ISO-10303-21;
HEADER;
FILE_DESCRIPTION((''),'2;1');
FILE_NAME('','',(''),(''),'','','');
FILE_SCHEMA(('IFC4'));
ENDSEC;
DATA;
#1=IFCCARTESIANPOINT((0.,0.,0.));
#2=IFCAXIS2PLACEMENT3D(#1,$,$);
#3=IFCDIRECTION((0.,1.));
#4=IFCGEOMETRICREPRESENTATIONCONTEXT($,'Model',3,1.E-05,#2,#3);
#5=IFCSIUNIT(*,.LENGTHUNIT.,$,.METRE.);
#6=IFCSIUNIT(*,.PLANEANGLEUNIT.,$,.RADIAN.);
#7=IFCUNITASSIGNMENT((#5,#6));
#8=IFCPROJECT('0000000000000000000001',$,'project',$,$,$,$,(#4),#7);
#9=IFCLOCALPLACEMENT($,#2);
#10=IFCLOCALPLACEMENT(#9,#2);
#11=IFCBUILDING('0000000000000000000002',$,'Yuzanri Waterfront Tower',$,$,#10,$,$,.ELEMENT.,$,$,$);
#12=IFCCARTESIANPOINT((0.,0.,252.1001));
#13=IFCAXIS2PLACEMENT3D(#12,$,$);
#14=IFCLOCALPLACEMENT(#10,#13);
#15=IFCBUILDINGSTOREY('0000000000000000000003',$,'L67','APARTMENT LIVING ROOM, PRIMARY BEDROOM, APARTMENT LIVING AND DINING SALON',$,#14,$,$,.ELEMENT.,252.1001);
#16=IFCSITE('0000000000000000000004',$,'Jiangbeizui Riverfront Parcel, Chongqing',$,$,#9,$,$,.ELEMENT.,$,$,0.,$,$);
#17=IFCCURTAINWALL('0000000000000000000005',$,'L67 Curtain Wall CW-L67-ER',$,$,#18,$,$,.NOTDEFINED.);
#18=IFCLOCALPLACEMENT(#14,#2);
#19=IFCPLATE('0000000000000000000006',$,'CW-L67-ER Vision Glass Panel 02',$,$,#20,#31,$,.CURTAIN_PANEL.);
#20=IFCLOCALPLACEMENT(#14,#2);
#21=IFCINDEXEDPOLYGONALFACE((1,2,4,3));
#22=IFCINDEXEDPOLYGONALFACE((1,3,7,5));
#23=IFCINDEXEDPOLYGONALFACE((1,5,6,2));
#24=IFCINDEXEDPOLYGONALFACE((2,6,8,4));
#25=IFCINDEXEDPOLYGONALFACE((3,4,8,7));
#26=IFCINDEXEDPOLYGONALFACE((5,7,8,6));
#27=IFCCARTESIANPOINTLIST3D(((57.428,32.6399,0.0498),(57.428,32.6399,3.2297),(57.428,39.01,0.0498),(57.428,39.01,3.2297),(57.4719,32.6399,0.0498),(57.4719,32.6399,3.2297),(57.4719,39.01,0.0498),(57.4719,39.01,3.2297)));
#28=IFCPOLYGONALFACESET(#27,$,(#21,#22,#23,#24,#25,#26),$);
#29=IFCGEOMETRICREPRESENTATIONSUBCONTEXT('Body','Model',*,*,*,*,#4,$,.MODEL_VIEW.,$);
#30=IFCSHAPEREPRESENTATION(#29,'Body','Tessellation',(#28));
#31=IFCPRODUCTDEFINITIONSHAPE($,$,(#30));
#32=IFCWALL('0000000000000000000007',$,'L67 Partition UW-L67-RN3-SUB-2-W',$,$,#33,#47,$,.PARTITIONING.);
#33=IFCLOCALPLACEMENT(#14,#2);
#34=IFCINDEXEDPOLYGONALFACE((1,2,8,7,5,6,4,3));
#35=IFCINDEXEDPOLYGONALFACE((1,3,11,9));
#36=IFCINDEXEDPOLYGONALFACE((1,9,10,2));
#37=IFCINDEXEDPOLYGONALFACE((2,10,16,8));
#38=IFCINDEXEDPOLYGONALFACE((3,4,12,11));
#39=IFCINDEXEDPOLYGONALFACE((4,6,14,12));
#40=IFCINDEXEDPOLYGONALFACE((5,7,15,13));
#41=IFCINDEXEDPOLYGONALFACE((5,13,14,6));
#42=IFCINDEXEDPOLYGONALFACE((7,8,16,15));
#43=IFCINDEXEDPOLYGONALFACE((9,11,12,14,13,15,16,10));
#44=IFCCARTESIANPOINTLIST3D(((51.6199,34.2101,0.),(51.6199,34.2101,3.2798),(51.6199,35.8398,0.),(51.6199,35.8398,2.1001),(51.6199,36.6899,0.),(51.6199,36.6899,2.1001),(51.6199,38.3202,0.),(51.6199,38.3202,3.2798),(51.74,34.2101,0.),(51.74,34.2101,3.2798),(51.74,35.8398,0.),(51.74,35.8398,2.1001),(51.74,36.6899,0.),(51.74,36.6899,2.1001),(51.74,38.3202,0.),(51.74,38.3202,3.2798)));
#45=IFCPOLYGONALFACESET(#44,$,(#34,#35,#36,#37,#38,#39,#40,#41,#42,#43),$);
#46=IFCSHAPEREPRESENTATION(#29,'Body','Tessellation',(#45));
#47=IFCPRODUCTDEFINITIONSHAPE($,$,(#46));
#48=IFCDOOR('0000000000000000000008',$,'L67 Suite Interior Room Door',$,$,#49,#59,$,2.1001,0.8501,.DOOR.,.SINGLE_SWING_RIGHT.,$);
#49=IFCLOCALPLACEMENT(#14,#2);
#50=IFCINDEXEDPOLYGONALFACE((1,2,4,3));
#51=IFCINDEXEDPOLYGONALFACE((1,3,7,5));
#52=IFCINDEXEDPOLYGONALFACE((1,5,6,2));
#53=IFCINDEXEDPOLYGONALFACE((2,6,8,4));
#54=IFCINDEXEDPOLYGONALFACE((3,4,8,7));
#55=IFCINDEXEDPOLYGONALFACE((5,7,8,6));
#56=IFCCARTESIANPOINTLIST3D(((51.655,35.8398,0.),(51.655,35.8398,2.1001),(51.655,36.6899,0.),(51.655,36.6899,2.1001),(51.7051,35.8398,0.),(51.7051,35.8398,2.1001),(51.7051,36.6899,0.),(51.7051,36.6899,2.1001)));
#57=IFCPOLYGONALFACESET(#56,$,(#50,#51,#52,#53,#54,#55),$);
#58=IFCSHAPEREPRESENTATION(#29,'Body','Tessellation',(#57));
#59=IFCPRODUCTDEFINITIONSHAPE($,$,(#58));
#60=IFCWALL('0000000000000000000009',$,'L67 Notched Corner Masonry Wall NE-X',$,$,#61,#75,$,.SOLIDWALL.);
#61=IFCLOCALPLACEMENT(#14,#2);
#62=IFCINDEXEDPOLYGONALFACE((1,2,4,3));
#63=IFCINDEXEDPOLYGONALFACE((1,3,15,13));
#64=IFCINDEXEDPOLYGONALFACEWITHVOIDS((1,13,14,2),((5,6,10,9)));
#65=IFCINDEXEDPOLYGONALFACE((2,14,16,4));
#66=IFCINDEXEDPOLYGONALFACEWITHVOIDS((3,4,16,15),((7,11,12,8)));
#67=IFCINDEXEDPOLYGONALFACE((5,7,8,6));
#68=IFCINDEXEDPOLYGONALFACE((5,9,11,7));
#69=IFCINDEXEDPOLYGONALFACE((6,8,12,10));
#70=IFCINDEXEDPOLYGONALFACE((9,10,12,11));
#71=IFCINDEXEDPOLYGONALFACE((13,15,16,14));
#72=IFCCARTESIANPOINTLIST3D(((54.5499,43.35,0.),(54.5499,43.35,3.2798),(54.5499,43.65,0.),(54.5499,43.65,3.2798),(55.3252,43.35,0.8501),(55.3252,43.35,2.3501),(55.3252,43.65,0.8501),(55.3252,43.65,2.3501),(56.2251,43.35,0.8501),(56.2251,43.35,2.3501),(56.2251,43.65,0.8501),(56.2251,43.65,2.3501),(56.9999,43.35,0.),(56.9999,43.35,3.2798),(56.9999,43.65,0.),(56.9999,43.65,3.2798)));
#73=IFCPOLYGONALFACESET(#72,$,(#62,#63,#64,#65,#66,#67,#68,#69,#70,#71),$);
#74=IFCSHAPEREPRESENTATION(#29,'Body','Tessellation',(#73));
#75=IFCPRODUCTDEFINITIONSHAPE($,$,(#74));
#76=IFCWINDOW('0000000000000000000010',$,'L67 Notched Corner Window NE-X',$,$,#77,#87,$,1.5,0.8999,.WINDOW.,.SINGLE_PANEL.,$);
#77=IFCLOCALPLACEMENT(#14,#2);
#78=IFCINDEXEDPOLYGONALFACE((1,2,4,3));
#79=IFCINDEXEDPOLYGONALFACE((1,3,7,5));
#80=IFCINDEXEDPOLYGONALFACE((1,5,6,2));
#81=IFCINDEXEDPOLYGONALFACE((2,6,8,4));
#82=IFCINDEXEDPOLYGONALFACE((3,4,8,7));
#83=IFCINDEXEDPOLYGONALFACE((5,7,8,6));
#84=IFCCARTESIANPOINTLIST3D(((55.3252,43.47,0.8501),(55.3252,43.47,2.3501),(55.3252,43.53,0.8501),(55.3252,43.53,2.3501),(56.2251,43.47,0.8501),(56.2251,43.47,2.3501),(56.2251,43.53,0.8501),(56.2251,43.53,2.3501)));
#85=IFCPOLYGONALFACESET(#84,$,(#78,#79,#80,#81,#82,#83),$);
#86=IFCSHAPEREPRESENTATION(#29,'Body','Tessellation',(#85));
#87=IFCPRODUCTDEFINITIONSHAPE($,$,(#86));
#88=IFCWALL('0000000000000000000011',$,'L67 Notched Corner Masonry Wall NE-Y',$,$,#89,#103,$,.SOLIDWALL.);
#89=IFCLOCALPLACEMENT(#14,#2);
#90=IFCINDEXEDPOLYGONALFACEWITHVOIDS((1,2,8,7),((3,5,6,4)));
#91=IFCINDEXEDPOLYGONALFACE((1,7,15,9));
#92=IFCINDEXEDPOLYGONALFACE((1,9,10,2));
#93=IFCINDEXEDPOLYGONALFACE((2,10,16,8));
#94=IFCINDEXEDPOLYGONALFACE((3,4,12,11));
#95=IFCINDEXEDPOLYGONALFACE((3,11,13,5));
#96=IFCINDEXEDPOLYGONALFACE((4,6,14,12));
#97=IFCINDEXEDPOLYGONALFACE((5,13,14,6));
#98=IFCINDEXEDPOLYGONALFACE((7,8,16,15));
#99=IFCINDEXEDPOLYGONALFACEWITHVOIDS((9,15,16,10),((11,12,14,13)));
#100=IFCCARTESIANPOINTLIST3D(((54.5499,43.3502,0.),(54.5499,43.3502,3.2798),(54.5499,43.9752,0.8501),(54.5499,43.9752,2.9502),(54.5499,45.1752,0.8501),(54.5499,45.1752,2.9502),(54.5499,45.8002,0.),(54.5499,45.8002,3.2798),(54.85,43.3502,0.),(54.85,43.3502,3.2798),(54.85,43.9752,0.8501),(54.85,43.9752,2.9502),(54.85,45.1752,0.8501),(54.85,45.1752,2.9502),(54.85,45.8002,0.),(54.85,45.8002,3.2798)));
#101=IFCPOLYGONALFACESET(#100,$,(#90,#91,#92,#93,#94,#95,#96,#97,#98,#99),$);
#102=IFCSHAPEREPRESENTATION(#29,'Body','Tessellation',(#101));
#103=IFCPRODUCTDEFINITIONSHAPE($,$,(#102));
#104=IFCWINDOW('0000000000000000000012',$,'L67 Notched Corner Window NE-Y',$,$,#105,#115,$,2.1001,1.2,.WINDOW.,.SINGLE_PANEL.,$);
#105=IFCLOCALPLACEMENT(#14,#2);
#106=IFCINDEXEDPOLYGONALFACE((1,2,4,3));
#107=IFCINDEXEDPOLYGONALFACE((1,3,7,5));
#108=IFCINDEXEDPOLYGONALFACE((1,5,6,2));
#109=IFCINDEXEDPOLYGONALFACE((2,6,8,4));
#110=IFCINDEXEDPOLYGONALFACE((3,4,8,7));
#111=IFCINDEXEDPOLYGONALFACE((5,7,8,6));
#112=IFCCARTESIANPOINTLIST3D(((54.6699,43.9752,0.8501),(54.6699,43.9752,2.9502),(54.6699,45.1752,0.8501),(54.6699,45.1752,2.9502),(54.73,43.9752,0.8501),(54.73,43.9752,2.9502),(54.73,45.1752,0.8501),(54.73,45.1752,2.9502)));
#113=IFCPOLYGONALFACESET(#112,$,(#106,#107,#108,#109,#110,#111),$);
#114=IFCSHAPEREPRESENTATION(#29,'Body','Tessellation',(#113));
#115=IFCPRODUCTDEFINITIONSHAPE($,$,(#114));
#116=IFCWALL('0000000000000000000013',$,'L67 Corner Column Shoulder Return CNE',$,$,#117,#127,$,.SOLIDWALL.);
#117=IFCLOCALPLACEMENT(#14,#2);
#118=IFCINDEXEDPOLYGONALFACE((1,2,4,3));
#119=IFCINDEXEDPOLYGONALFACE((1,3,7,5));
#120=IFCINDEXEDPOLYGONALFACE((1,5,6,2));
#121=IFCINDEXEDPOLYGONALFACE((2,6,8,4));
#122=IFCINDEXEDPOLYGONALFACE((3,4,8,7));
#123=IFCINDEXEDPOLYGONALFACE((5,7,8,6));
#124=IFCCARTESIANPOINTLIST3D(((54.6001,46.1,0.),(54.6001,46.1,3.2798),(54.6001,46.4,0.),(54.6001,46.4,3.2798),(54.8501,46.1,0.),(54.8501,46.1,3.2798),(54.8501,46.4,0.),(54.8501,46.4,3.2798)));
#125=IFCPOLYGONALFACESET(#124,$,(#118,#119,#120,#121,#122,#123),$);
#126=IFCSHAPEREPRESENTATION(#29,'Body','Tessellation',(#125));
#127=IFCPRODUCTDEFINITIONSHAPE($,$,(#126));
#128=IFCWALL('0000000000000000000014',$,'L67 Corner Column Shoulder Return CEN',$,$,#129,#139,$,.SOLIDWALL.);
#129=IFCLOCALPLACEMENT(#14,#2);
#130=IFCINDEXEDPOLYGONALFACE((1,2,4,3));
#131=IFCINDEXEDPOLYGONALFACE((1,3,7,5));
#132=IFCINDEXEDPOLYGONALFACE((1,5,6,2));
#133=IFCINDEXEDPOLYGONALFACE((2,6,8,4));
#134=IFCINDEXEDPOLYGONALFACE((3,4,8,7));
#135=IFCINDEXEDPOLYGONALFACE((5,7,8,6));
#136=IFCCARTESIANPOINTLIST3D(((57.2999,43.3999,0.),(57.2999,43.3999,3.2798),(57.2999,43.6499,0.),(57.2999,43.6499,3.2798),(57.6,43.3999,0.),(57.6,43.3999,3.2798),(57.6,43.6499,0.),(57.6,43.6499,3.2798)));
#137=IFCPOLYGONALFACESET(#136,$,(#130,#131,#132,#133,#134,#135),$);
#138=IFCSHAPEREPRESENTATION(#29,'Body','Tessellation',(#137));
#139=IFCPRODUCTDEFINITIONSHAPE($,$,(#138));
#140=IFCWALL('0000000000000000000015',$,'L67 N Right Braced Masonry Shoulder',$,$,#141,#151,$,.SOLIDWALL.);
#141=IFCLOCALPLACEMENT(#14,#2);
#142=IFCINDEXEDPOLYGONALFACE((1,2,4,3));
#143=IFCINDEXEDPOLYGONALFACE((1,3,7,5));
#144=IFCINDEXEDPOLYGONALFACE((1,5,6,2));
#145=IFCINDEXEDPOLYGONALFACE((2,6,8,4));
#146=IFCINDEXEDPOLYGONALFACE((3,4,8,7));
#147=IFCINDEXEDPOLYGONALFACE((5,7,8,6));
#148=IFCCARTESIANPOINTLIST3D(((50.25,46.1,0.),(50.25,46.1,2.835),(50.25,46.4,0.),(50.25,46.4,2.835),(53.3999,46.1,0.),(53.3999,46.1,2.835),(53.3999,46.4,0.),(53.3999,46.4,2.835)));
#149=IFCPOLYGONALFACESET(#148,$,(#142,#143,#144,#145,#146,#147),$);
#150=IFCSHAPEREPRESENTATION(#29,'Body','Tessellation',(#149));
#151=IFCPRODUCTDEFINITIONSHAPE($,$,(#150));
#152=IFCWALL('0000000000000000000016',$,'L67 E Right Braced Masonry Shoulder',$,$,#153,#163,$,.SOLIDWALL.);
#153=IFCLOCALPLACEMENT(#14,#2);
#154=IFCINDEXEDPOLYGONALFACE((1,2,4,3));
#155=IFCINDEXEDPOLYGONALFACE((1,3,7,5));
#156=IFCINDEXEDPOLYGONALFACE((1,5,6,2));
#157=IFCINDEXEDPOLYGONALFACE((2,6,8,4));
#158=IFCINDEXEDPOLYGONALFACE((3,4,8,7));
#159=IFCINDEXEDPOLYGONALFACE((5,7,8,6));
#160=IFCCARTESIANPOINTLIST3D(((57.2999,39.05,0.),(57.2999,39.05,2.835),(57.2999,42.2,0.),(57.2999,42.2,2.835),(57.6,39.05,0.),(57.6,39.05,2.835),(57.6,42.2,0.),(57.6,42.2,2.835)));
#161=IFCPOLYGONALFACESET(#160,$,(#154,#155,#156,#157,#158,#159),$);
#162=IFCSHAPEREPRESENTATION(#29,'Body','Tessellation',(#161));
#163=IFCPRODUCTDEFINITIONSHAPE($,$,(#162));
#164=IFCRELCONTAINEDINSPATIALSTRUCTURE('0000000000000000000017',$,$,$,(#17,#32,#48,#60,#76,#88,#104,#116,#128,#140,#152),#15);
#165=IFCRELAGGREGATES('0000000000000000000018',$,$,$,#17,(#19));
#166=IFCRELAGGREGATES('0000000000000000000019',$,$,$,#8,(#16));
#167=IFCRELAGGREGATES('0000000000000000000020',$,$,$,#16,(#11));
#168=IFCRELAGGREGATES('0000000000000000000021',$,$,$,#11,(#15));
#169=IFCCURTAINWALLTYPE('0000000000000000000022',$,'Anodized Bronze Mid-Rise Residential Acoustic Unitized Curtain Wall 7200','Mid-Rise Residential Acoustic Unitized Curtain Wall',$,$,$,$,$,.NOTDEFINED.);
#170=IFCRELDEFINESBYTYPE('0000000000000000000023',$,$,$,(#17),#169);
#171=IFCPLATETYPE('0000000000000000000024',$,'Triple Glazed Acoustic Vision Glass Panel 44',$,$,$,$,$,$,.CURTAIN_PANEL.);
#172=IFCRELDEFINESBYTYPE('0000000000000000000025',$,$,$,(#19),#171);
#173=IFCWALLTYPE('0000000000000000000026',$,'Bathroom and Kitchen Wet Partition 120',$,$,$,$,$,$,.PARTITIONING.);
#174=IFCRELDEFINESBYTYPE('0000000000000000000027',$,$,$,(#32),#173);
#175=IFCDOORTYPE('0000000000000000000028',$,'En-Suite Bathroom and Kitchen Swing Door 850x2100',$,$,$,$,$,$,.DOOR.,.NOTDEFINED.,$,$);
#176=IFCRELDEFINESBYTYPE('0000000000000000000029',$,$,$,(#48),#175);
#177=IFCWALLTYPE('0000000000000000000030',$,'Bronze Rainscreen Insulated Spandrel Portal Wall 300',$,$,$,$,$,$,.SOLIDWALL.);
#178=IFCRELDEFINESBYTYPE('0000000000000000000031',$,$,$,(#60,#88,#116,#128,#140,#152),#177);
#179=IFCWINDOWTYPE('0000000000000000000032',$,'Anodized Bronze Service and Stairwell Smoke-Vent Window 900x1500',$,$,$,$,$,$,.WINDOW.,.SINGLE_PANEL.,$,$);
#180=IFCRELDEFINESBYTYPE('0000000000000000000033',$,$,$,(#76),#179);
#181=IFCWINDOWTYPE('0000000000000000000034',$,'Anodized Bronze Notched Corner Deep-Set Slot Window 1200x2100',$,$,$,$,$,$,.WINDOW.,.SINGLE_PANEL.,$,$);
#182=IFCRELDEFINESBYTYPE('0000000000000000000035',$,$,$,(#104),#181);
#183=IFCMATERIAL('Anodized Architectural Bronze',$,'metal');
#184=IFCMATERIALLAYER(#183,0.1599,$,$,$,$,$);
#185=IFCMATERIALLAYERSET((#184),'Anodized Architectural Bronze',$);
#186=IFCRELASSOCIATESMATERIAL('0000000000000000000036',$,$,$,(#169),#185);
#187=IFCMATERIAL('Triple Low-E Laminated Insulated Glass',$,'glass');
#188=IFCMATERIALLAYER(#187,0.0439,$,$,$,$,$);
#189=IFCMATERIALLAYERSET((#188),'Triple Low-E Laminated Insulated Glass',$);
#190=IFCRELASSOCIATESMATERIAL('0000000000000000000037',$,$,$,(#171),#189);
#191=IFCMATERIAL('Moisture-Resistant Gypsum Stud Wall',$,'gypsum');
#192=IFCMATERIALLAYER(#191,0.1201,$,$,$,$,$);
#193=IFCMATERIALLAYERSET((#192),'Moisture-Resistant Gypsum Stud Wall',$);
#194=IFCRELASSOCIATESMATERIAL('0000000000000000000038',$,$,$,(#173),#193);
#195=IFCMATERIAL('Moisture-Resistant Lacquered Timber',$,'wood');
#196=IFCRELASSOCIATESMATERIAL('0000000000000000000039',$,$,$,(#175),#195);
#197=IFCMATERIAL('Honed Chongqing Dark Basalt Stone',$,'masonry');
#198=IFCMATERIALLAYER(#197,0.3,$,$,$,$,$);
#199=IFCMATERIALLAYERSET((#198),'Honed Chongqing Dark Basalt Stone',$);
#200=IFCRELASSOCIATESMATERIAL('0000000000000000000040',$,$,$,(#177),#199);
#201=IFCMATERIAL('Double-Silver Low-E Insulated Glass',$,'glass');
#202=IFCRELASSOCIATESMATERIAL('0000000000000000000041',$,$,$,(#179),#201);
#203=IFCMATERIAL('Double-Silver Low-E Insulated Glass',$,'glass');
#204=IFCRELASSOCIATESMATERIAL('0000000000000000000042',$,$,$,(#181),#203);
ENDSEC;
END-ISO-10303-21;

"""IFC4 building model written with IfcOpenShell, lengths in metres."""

from ifc_helpers import new_model, si_unit, direction, frame, frame_2d, origin, origin_2d, place, context, subcontext, project, spatial, rectangle, extrude, source, transform, mapped, material, layer, layer_set, type_object, element, fill, aggregate, save


model = new_model("IFC4")

# Units and contexts
model_context = context("Model", 3, precision=1e-05, world=origin(), true_north=direction((0.0, 1.0)))
body_context = subcontext(model_context, "Body", "Model", "MODEL_VIEW")
ifc_project = project(units=[si_unit("LENGTHUNIT", "METRE"), si_unit("PLANEANGLEUNIT", "RADIAN")], contexts=[model_context])

# Site, building, storey
site_placement = place(None, origin())
site = spatial("IfcSite", under=ifc_project, at=site_placement, Name="Jiangbeizui Riverfront Parcel, Chongqing", CompositionType="ELEMENT", RefElevation=0.0)
building_placement = place(site_placement, origin())
building = spatial("IfcBuilding", under=site, at=building_placement, Name="Yuzanri Waterfront Tower", CompositionType="ELEMENT")
storey_placement = place(building_placement, frame((0.0, 0.0, 252.1001)))
storey = spatial("IfcBuildingStorey", under=building, at=storey_placement, Name="L67", Description="APARTMENT LIVING ROOM, PRIMARY BEDROOM, APARTMENT LIVING AND DINING SALON", CompositionType="ELEMENT", Elevation=252.1001)

# Curtain wall
ifc_material_1 = material(Name="Anodized Architectural Bronze", Category="metal")
ifc_layer_1 = layer(ifc_material_1, 0.1599)
ifc_layer_set_1 = layer_set([ifc_layer_1], Name="Anodized Architectural Bronze")
curtain_wall_type = type_object("IfcCurtainWallType", Name="Anodized Bronze Mid-Rise Residential Acoustic Unitized Curtain Wall 7200", Description="Mid-Rise Residential Acoustic Unitized Curtain Wall", PredefinedType="NOTDEFINED", material=ifc_layer_set_1)
curtain_wall_1_placement = place(storey_placement, origin())
curtain_wall_1 = element("IfcCurtainWall", 1, at=curtain_wall_1_placement, inside=storey, type_object=curtain_wall_type, Name="L67 Curtain Wall CW-L67-ER", PredefinedType="NOTDEFINED")

# Plate
ifc_material_2 = material(Name="Triple Low-E Laminated Insulated Glass", Category="glass")
ifc_layer_2 = layer(ifc_material_2, 0.0439)
ifc_layer_set_2 = layer_set([ifc_layer_2], Name="Triple Low-E Laminated Insulated Glass")
plate_type_1 = type_object("IfcPlateType", Name="Triple Glazed Acoustic Vision Glass Panel 44", PredefinedType="CURTAIN_PANEL", material=ifc_layer_set_2)
shared_shape_1 = source(origin(), body_context, "Body", "SweptSolid", [
    extrude(rectangle(XDim=6.3701, YDim=0.0439, at=origin_2d()), origin(), (0.0, 0.0, 1.0), 3.1799),
])
plate_placement = place(storey_placement, frame((57.45, 35.825, 0.0498), z_axis=(0.0, 0.0, 1.0), x_axis=(0.0, 1.0, 0.0)))
plate = element("IfcPlate", 2, at=plate_placement, type_object=plate_type_1, Name="CW-L67-ER Vision Glass Panel 02", PredefinedType="CURTAIN_PANEL", context=body_context, shape_type="MappedRepresentation", body=[
    mapped(shared_shape_1, transform((0.0, 0.0, 0.0), scale=1.0)),
])
aggregate(curtain_wall_1, [plate])

# Wall, opening, door
ifc_material_3 = material(Name="Moisture-Resistant Gypsum Stud Wall", Category="gypsum")
ifc_layer_3 = layer(ifc_material_3, 0.1201)
ifc_layer_set_3 = layer_set([ifc_layer_3], Name="Moisture-Resistant Gypsum Stud Wall")
wall_type_1 = type_object("IfcWallType", Name="Bathroom and Kitchen Wet Partition 120", PredefinedType="PARTITIONING", material=ifc_layer_set_3)
wall_1_placement = place(storey_placement, frame((51.6799, 34.21, 0.0), z_axis=(0.0, 0.0, 1.0), x_axis=(0.0, 1.0, 0.0)))
wall_1 = element("IfcWall", 3, at=wall_1_placement, inside=storey, type_object=wall_type_1, Name="L67 Partition UW-L67-RN3-SUB-2-W", PredefinedType="PARTITIONING", context=body_context, shape_type="SweptSolid", body=[
    extrude(rectangle(XDim=4.1101, YDim=0.1201, at=frame_2d((2.0552, 0.0))), origin(), (0.0, 0.0, 1.0), 3.2798),
])
opening_1_placement = place(wall_1_placement, frame((1.6299, 0.0, 0.0)))
opening_1 = element("IfcOpeningElement", 4, at=opening_1_placement, cuts=wall_1, PredefinedType="OPENING", context=body_context, shape_type="SweptSolid", body=[
    extrude(rectangle(XDim=0.8501, YDim=2.1001, at=frame_2d((0.425, 1.05))), frame((0.0, 0.075, 0.0), z_axis=(0.0, -1.0, 0.0), x_axis=(1.0, 0.0, 0.0)), (0.0, 0.0, 1.0), 0.1499),
])
ifc_material_4 = material(Name="Moisture-Resistant Lacquered Timber", Category="wood")
door_type = type_object("IfcDoorType", Name="En-Suite Bathroom and Kitchen Swing Door 850x2100", OperationType="NOTDEFINED", PredefinedType="DOOR", material=ifc_material_4)
shared_shape_2 = source(origin(), body_context, "Body", "SweptSolid", [
    extrude(rectangle(XDim=0.8501, YDim=2.1001, at=frame_2d((0.425, 1.05))), frame((0.0, 0.0249, 0.0), z_axis=(0.0, -1.0, 0.0), x_axis=(1.0, 0.0, 0.0)), (0.0, 0.0, 1.0), 0.05),
])
door_placement = place(opening_1_placement, origin())
door = element("IfcDoor", 5, at=door_placement, inside=storey, type_object=door_type, Name="L67 Suite Interior Room Door", OperationType="SINGLE_SWING_RIGHT", OverallHeight=2.1001, OverallWidth=0.8501, PredefinedType="DOOR", context=body_context, shape_type="MappedRepresentation", body=[
    mapped(shared_shape_2, transform((0.0, 0.0, 0.0), scale=1.0)),
])
fill(opening_1, door)

# Walls, openings, windows
ifc_material_5 = material(Name="Honed Chongqing Dark Basalt Stone", Category="masonry")
ifc_layer_4 = layer(ifc_material_5, 0.3)
ifc_layer_set_4 = layer_set([ifc_layer_4], Name="Honed Chongqing Dark Basalt Stone")
wall_type_2 = type_object("IfcWallType", Name="Bronze Rainscreen Insulated Spandrel Portal Wall 300", PredefinedType="SOLIDWALL", material=ifc_layer_set_4)
wall_2_placement = place(storey_placement, frame((57.0, 43.5, 0.0), z_axis=(0.0, 0.0, 1.0), x_axis=(-1.0, 0.0, 0.0)))
wall_2 = element("IfcWall", 6, at=wall_2_placement, inside=storey, type_object=wall_type_2, Name="L67 Notched Corner Masonry Wall NE-X", PredefinedType="SOLIDWALL", context=body_context, shape_type="SweptSolid", body=[
    extrude(rectangle(XDim=2.45, YDim=0.3, at=frame_2d((1.2251, 0.0))), origin(), (0.0, 0.0, 1.0), 3.2798),
])
opening_2_placement = place(wall_2_placement, frame((0.7749, 0.0, 0.8501)))
opening_2 = element("IfcOpeningElement", 7, at=opening_2_placement, cuts=wall_2, PredefinedType="OPENING", context=body_context, shape_type="SweptSolid", body=[
    extrude(rectangle(XDim=0.8999, YDim=1.5, at=frame_2d((0.45, 0.75))), frame((0.0, 0.165, 0.0), z_axis=(0.0, -1.0, 0.0), x_axis=(1.0, 0.0, 0.0)), (0.0, 0.0, 1.0), 0.3298),
])
ifc_material_6 = material(Name="Double-Silver Low-E Insulated Glass", Category="glass")
window_type_1 = type_object("IfcWindowType", Name="Anodized Bronze Service and Stairwell Smoke-Vent Window 900x1500", PartitioningType="SINGLE_PANEL", PredefinedType="WINDOW", material=ifc_material_6)
shared_shape_3 = source(origin(), body_context, "Body", "SweptSolid", [
    extrude(rectangle(XDim=0.8999, YDim=1.5, at=frame_2d((0.45, 0.75))), frame((0.0, 0.03, 0.0), z_axis=(0.0, -1.0, 0.0), x_axis=(1.0, 0.0, 0.0)), (0.0, 0.0, 1.0), 0.0601),
])
window_1_placement = place(opening_2_placement, origin())
window_1 = element("IfcWindow", 8, at=window_1_placement, inside=storey, type_object=window_type_1, Name="L67 Notched Corner Window NE-X", OverallHeight=1.5, OverallWidth=0.8999, PartitioningType="SINGLE_PANEL", PredefinedType="WINDOW", context=body_context, shape_type="MappedRepresentation", body=[
    mapped(shared_shape_3, transform((0.0, 0.0, 0.0), scale=1.0)),
])
fill(opening_2, window_1)
wall_3_placement = place(storey_placement, frame((54.7, 43.3501, 0.0), z_axis=(0.0, 0.0, 1.0), x_axis=(0.0, 1.0, 0.0)))
wall_3 = element("IfcWall", 9, at=wall_3_placement, inside=storey, type_object=wall_type_2, Name="L67 Notched Corner Masonry Wall NE-Y", PredefinedType="SOLIDWALL", context=body_context, shape_type="SweptSolid", body=[
    extrude(rectangle(XDim=2.45, YDim=0.3, at=frame_2d((1.2251, 0.0))), origin(), (0.0, 0.0, 1.0), 3.2798),
])
opening_3_placement = place(wall_3_placement, frame((0.625, 0.0, 0.8501)))
opening_3 = element("IfcOpeningElement", 10, at=opening_3_placement, cuts=wall_3, PredefinedType="OPENING", context=body_context, shape_type="SweptSolid", body=[
    extrude(rectangle(XDim=1.2, YDim=2.1001, at=frame_2d((0.6001, 1.05))), frame((0.0, 0.165, 0.0), z_axis=(0.0, -1.0, 0.0), x_axis=(1.0, 0.0, 0.0)), (0.0, 0.0, 1.0), 0.3298),
])
ifc_material_7 = material(Name="Double-Silver Low-E Insulated Glass", Category="glass")
window_type_2 = type_object("IfcWindowType", Name="Anodized Bronze Notched Corner Deep-Set Slot Window 1200x2100", PartitioningType="SINGLE_PANEL", PredefinedType="WINDOW", material=ifc_material_7)
shared_shape_4 = source(origin(), body_context, "Body", "SweptSolid", [
    extrude(rectangle(XDim=1.2, YDim=2.1001, at=frame_2d((0.6001, 1.05))), frame((0.0, 0.03, 0.0), z_axis=(0.0, -1.0, 0.0), x_axis=(1.0, 0.0, 0.0)), (0.0, 0.0, 1.0), 0.0601),
])
window_2_placement = place(opening_3_placement, origin())
window_2 = element("IfcWindow", 11, at=window_2_placement, inside=storey, type_object=window_type_2, Name="L67 Notched Corner Window NE-Y", OverallHeight=2.1001, OverallWidth=1.2, PartitioningType="SINGLE_PANEL", PredefinedType="WINDOW", context=body_context, shape_type="MappedRepresentation", body=[
    mapped(shared_shape_4, transform((0.0, 0.0, 0.0), scale=1.0)),
])
fill(opening_3, window_2)

# Walls
shared_shape_5 = source(origin(), body_context, "Body", "SweptSolid", [
    extrude(rectangle(XDim=0.25, YDim=0.3, at=frame_2d((0.125, 0.0))), origin(), (0.0, 0.0, 1.0), 3.2798),
])
for number, where, z_axis, x_axis, name in (
    (12, (54.6001, 46.25, 0.0), (0.0, 0.0, 1.0), (1.0, 0.0, 0.0), "L67 Corner Column Shoulder Return CNE"),
    (13, (57.45, 43.3999, 0.0), (0.0, 0.0, 1.0), (0.0, 1.0, 0.0), "L67 Corner Column Shoulder Return CEN"),
):
    element("IfcWall", number, at=place(storey_placement, frame(where, z_axis=z_axis, x_axis=x_axis)), inside=storey, type_object=wall_type_2, Name=name, PredefinedType="SOLIDWALL", context=body_context, shape_type="MappedRepresentation", body=[
        mapped(shared_shape_5, transform((0.0, 0.0, 0.0), scale=1.0)),
    ])
shared_shape_6 = source(origin(), body_context, "Body", "SweptSolid", [
    extrude(rectangle(XDim=3.1499, YDim=0.3, at=frame_2d((1.575, 0.0))), origin(), (0.0, 0.0, 1.0), 2.835),
])
for number, where, z_axis, x_axis, name in (
    (14, (50.25, 46.25, 0.0), (0.0, 0.0, 1.0), (1.0, 0.0, 0.0), "L67 N Right Braced Masonry Shoulder"),
    (15, (57.45, 39.05, 0.0), (0.0, 0.0, 1.0), (0.0, 1.0, 0.0), "L67 E Right Braced Masonry Shoulder"),
):
    element("IfcWall", number, at=place(storey_placement, frame(where, z_axis=z_axis, x_axis=x_axis)), inside=storey, type_object=wall_type_2, Name=name, PredefinedType="SOLIDWALL", context=body_context, shape_type="MappedRepresentation", body=[
        mapped(shared_shape_6, transform((0.0, 0.0, 0.0), scale=1.0)),
    ])

save(model, "model.ifc")
